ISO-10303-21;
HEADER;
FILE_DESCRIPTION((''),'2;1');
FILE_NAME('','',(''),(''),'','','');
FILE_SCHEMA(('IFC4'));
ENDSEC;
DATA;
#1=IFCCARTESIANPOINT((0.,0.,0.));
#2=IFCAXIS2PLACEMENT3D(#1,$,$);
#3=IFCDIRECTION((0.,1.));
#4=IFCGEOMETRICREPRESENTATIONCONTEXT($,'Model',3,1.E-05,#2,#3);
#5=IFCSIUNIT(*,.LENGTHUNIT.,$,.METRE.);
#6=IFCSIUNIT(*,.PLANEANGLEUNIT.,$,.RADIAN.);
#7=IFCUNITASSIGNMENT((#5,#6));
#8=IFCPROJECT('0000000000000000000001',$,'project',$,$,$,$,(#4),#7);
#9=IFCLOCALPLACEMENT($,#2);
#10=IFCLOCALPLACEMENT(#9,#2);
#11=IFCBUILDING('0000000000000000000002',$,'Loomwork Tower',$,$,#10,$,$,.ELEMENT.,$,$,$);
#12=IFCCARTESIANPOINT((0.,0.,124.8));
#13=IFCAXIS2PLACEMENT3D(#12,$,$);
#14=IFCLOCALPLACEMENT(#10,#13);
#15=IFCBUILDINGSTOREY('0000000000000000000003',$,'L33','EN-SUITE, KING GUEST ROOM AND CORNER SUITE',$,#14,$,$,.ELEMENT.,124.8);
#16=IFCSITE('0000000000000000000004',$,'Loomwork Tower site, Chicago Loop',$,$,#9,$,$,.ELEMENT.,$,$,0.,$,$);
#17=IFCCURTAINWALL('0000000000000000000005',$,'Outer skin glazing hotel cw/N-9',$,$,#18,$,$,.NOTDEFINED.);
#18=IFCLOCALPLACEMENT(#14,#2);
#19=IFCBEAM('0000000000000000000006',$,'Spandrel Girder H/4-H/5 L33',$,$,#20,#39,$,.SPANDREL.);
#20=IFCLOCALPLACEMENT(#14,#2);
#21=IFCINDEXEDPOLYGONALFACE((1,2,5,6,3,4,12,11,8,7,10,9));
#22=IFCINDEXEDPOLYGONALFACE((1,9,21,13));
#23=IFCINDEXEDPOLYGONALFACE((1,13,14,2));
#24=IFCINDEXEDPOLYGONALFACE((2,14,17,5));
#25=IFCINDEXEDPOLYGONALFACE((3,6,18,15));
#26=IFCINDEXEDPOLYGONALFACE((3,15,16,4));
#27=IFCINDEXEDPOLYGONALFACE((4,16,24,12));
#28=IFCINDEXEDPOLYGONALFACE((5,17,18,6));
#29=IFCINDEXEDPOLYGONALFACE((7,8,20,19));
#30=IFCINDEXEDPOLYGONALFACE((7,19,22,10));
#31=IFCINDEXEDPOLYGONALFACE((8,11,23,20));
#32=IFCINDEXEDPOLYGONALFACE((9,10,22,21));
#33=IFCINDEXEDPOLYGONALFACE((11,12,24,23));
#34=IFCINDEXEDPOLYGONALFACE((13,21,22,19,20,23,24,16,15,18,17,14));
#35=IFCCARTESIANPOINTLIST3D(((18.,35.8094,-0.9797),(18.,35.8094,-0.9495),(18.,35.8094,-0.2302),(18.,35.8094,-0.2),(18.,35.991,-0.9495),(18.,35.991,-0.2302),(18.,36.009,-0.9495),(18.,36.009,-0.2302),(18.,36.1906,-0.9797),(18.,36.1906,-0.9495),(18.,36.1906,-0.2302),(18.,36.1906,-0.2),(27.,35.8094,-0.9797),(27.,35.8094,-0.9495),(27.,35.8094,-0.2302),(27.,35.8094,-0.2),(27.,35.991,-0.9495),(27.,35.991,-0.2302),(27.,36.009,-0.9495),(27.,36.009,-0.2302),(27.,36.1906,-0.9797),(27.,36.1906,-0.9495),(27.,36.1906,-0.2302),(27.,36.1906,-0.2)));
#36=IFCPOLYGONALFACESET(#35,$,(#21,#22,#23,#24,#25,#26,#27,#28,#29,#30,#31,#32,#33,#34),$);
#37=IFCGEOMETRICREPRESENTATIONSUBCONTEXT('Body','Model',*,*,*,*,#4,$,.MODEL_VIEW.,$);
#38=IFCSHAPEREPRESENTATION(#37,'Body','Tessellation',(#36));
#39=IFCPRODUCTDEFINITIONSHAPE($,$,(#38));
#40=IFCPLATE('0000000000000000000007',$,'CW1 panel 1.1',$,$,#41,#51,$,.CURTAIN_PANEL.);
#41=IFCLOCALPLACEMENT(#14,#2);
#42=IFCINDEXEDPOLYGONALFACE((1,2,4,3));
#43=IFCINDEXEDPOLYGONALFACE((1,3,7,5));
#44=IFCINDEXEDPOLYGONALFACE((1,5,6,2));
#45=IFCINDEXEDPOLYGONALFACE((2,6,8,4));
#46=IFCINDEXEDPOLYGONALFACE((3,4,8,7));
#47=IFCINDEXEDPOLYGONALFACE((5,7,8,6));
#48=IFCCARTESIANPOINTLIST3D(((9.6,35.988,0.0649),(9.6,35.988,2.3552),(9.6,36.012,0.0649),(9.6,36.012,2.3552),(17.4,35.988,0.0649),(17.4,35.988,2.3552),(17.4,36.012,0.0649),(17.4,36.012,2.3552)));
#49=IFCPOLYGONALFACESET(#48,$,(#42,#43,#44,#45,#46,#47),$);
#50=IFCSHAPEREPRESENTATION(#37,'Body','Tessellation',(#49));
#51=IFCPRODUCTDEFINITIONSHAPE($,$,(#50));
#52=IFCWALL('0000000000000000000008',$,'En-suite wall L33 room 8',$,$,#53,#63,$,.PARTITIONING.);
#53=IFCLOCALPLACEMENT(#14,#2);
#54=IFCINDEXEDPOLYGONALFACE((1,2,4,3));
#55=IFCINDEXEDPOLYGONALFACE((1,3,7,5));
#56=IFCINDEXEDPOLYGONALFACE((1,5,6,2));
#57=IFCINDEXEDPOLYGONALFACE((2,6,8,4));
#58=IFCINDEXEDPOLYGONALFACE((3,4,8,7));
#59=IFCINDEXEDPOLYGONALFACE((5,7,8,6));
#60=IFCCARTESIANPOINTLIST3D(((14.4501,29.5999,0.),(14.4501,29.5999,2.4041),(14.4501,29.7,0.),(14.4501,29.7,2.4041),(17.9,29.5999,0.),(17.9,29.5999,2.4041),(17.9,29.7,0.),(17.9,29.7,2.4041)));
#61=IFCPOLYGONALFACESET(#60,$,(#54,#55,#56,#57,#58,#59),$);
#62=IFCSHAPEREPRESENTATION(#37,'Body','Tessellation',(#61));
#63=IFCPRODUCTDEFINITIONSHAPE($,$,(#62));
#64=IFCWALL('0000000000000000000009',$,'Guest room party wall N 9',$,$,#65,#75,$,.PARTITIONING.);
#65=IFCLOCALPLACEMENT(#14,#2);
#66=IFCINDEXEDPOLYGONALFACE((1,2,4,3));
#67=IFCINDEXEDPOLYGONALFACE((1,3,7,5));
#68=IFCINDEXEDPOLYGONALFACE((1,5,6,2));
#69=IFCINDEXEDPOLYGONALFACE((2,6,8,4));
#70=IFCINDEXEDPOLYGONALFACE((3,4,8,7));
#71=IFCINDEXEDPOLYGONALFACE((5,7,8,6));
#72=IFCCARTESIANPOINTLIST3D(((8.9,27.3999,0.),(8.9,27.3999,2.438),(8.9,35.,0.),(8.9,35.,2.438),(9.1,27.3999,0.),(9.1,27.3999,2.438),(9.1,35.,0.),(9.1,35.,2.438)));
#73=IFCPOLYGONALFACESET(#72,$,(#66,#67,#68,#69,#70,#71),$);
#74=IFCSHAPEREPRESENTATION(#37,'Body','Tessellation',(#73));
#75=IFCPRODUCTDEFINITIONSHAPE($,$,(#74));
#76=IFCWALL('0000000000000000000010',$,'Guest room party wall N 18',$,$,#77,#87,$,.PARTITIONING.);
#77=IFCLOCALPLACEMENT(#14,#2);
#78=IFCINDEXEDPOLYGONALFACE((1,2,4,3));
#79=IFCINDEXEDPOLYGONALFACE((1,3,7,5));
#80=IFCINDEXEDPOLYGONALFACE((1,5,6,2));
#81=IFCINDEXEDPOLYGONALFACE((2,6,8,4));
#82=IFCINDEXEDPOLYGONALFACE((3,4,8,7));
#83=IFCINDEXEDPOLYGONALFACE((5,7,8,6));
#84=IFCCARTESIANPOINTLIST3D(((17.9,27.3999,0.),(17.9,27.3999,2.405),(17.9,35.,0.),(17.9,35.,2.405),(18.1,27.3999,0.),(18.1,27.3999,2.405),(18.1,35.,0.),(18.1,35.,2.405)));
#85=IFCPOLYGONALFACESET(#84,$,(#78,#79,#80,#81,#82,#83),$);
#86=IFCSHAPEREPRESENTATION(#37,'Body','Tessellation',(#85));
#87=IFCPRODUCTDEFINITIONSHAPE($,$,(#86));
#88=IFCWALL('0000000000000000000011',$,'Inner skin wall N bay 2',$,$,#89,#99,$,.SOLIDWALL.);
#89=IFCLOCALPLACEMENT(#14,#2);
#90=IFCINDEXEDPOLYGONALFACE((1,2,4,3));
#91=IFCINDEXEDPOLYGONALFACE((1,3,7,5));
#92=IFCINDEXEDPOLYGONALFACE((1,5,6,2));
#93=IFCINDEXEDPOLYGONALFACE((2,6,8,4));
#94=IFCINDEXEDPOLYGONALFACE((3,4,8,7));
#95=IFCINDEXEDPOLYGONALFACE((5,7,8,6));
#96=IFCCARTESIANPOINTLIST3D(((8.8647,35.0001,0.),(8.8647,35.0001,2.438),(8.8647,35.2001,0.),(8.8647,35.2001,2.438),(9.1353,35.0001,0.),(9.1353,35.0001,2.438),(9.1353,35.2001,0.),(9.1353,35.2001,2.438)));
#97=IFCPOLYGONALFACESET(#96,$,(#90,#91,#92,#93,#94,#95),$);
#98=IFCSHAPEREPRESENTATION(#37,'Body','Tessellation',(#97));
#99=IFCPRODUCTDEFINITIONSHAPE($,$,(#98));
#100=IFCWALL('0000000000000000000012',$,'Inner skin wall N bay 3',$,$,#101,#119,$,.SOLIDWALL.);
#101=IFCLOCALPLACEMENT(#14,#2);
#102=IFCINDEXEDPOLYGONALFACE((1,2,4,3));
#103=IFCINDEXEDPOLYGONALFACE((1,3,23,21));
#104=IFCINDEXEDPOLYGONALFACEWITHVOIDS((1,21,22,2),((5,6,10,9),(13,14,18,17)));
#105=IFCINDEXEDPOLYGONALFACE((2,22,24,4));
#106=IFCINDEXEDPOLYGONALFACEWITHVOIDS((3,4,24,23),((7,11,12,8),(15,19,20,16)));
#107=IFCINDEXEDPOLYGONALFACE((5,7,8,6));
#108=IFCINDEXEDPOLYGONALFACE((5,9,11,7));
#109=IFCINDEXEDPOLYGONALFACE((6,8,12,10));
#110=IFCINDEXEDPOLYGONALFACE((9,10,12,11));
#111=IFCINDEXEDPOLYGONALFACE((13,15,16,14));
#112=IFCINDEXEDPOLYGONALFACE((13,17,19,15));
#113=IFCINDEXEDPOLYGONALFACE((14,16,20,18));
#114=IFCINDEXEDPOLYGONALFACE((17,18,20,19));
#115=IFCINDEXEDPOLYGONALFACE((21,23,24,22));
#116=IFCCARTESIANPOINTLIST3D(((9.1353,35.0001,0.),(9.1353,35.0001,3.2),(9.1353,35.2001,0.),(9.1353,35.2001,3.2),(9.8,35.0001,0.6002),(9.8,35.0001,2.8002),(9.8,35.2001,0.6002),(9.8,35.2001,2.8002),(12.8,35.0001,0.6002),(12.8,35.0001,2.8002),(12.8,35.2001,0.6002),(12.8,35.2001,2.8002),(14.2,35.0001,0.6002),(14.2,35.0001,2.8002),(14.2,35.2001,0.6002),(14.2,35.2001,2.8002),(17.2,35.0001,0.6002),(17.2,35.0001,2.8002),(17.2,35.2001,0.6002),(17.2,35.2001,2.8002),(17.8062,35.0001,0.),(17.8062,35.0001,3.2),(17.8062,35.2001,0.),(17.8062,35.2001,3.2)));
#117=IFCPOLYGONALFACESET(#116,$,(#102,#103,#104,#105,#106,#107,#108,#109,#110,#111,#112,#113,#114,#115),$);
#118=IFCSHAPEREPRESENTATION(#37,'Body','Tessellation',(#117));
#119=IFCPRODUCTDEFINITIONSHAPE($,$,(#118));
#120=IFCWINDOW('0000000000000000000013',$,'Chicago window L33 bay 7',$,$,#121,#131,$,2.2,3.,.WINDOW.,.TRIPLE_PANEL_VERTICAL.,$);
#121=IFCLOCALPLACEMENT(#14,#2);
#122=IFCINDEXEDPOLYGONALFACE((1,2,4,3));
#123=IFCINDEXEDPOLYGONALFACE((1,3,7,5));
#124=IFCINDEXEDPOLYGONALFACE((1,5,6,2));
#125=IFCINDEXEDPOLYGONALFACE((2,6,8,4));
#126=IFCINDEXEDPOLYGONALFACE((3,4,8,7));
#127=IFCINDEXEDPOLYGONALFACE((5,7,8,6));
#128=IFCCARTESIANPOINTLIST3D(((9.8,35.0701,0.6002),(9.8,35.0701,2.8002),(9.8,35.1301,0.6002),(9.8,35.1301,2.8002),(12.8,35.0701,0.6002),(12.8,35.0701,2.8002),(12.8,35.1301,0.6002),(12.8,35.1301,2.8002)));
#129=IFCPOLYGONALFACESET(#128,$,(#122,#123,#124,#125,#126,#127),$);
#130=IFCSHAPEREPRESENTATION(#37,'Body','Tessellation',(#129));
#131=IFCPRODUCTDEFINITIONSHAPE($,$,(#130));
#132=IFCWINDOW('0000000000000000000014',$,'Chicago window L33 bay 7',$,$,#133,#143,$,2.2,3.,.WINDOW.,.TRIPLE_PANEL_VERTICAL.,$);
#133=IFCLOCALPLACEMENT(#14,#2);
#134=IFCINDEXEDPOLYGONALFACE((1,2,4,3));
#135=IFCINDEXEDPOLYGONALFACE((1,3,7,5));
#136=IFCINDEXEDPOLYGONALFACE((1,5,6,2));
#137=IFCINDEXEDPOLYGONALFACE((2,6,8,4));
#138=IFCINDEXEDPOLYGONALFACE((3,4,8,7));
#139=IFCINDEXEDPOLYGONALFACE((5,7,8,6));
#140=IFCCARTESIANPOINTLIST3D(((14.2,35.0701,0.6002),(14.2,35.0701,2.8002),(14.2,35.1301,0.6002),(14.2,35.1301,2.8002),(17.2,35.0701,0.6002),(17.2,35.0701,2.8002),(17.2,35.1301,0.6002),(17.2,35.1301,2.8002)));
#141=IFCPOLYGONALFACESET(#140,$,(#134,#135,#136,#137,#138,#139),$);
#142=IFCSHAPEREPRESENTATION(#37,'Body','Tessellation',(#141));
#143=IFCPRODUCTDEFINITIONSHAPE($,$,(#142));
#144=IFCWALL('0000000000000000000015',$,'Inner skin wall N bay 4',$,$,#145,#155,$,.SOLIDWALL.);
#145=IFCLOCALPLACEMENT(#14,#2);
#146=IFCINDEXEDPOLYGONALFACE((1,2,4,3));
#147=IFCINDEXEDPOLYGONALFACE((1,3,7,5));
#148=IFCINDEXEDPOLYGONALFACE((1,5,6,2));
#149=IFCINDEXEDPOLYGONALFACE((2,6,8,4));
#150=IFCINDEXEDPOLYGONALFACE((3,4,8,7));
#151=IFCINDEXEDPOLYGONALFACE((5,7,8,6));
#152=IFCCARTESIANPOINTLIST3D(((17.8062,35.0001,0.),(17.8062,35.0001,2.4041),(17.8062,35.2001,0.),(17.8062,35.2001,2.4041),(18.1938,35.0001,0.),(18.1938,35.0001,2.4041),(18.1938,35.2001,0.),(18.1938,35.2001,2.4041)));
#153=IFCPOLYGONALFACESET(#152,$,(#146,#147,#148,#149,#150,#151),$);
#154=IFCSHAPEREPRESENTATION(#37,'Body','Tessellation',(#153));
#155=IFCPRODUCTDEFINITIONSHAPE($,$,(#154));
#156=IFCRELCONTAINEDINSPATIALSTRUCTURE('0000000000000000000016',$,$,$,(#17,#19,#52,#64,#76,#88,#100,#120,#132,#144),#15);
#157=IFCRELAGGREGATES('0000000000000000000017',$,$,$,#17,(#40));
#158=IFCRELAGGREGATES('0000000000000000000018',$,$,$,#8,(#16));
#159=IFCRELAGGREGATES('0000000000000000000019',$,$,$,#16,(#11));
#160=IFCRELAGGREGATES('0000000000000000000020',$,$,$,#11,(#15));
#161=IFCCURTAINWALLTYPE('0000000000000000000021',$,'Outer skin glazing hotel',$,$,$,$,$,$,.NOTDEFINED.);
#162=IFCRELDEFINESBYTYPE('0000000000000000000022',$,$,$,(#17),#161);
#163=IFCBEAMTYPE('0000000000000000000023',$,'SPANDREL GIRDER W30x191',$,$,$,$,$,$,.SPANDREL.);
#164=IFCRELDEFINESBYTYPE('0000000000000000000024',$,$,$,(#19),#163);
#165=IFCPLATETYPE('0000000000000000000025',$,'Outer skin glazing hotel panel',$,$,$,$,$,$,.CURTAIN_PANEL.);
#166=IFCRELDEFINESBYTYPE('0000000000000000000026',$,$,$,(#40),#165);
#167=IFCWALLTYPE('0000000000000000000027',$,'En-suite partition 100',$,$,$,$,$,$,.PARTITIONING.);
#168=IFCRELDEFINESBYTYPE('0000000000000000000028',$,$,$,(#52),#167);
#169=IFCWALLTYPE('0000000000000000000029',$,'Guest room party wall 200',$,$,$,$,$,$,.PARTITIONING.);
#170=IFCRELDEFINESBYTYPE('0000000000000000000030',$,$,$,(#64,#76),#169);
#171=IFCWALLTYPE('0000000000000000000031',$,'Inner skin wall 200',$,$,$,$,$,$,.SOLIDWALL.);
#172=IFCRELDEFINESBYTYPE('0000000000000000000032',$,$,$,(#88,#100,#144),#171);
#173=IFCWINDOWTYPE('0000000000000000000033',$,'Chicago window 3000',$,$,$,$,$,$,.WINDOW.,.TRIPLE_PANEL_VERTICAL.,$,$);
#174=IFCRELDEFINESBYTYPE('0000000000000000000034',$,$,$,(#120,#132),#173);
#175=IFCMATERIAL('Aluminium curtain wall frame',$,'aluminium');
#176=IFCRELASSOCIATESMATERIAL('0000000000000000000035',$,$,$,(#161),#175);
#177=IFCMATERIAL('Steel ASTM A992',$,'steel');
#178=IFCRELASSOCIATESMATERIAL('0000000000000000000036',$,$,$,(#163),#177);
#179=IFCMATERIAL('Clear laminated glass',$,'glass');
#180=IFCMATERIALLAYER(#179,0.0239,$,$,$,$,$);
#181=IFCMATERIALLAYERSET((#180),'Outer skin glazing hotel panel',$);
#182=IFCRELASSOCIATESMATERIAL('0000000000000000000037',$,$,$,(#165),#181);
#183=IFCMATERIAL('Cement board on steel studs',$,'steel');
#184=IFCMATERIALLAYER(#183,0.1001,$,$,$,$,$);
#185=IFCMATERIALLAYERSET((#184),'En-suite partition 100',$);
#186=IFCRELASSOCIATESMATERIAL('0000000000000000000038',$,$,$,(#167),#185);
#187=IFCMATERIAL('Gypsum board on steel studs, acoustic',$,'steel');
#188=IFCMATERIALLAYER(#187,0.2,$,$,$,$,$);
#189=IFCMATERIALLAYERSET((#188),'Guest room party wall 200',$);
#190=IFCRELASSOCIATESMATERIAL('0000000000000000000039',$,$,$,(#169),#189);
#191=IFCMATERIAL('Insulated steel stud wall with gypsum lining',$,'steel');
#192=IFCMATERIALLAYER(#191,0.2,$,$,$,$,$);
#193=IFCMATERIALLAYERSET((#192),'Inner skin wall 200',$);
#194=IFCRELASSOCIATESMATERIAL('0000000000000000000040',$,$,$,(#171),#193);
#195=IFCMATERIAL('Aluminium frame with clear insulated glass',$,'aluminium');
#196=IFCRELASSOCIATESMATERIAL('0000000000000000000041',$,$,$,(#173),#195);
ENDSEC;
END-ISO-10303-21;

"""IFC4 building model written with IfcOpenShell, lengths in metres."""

from ifc_helpers import new_model, si_unit, direction, frame, frame_2d, origin, origin_2d, place, context, subcontext, project, spatial, rectangle, i_section, extrude, material, layer, layer_set, material_profile, profile_set, type_object, element, fill, aggregate, save


model = new_model("IFC4")

# Units and contexts
model_context = context("Model", 3, precision=1e-05, world=origin(), true_north=direction((0.0, 1.0)))
body_context = subcontext(model_context, "Body", "Model", "MODEL_VIEW")
ifc_project = project(units=[si_unit("LENGTHUNIT", "METRE"), si_unit("PLANEANGLEUNIT", "RADIAN")], contexts=[model_context])

# Site, building, storey
site_placement = place(None, origin())
site = spatial("IfcSite", under=ifc_project, at=site_placement, Name="Loomwork Tower site, Chicago Loop", CompositionType="ELEMENT", RefElevation=0.0)
building_placement = place(site_placement, origin())
building = spatial("IfcBuilding", under=site, at=building_placement, Name="Loomwork Tower", CompositionType="ELEMENT")
storey_placement = place(building_placement, frame((0.0, 0.0, 124.8)))
storey = spatial("IfcBuildingStorey", under=building, at=storey_placement, Name="L33", Description="EN-SUITE, KING GUEST ROOM AND CORNER SUITE", CompositionType="ELEMENT", Elevation=124.8)

# Shared definitions
ifc_material_1 = material(Name="Aluminium curtain wall frame", Category="aluminium")
curtain_wall_type = type_object("IfcCurtainWallType", Name="Outer skin glazing hotel", PredefinedType="NOTDEFINED", material=ifc_material_1)

# Curtain wall
curtain_wall_1_placement = place(storey_placement, origin())
curtain_wall_1 = element("IfcCurtainWall", 1, at=curtain_wall_1_placement, inside=storey, type_object=curtain_wall_type, Name="Outer skin glazing hotel cw/N-9", PredefinedType="NOTDEFINED")

# Beam
ifc_material_2 = material(Name="Steel ASTM A992", Category="steel")
ifc_material_profile_1 = material_profile(ifc_material_2, i_section(OverallWidth=0.3811, OverallDepth=0.7798, WebThickness=0.0181, FlangeThickness=0.0303, at=origin_2d()), Name="W30x191")
ifc_profile_set_1 = profile_set([ifc_material_profile_1], Name="Steel ASTM A992")
beam_type_1 = type_object("IfcBeamType", Name="SPANDREL GIRDER W30x191", PredefinedType="SPANDREL", material=ifc_profile_set_1)
for number, where, z_axis, x_axis, name in (
    (2, (18.0, 36.0, -0.5898), (1.0, 0.0, 0.0), (0.0, 1.0, 0.0), "Spandrel Girder H/4-H/5 L33"),
):
    element("IfcBeam", number, at=place(storey_placement, frame(where, z_axis=z_axis, x_axis=x_axis)), inside=storey, type_object=beam_type_1, Name=name, PredefinedType="SPANDREL", context=body_context, shape_type="SweptSolid", body=[
        extrude(i_section(OverallWidth=0.3811, OverallDepth=0.7798, WebThickness=0.0181, FlangeThickness=0.0303, at=origin_2d()), origin(), (0.0, 0.0, 1.0), 9.0),
    ])

# Plate
ifc_material_3 = material(Name="Clear laminated glass", Category="glass")
ifc_layer_1 = layer(ifc_material_3, 0.0239)
ifc_layer_set_1 = layer_set([ifc_layer_1], Name="Outer skin glazing hotel panel")
plate_type = type_object("IfcPlateType", Name="Outer skin glazing hotel panel", PredefinedType="CURTAIN_PANEL", material=ifc_layer_set_1)
plate_placement = place(storey_placement, frame((13.5, 36.0, 0.0649), z_axis=(0.0, 0.0, 1.0), x_axis=(-1.0, 0.0, 0.0)))
plate = element("IfcPlate", 3, at=plate_placement, type_object=plate_type, Name="CW1 panel 1.1", PredefinedType="CURTAIN_PANEL", context=body_context, shape_type="SweptSolid", body=[
    extrude(rectangle(XDim=7.8, YDim=0.0239, at=origin_2d()), origin(), (0.0, 0.0, 1.0), 2.2903),
])
aggregate(curtain_wall_1, [plate])

# Walls
ifc_material_4 = material(Name="Cement board on steel studs", Category="steel")
ifc_layer_2 = layer(ifc_material_4, 0.1001)
ifc_layer_set_2 = layer_set([ifc_layer_2], Name="En-suite partition 100")
wall_type_1 = type_object("IfcWallType", Name="En-suite partition 100", PredefinedType="PARTITIONING", material=ifc_layer_set_2)
wall_1_placement = place(storey_placement, frame((14.45, 29.6499, 0.0), z_axis=(0.0, 0.0, 1.0), x_axis=(1.0, 0.0, 0.0)))
element("IfcWall", 4, at=wall_1_placement, inside=storey, type_object=wall_type_1, Name="En-suite wall L33 room 8", PredefinedType="PARTITIONING", context=body_context, shape_type="SweptSolid", body=[
    extrude(rectangle(XDim=3.45, YDim=0.1001, at=frame_2d((1.7251, 0.0))), origin(), (0.0, 0.0, 1.0), 2.4041),
])
ifc_material_5 = material(Name="Gypsum board on steel studs, acoustic", Category="steel")
ifc_layer_3 = layer(ifc_material_5, 0.2)
ifc_layer_set_3 = layer_set([ifc_layer_3], Name="Guest room party wall 200")
wall_type_2 = type_object("IfcWallType", Name="Guest room party wall 200", PredefinedType="PARTITIONING", material=ifc_layer_set_3)
wall_2_placement = place(storey_placement, frame((9.0, 27.3999, 0.0), z_axis=(0.0, 0.0, 1.0), x_axis=(0.0, 1.0, 0.0)))
element("IfcWall", 5, at=wall_2_placement, inside=storey, type_object=wall_type_2, Name="Guest room party wall N 9", PredefinedType="PARTITIONING", context=body_context, shape_type="SweptSolid", body=[
    extrude(rectangle(XDim=7.6001, YDim=0.2, at=frame_2d((3.8, 0.0))), origin(), (0.0, 0.0, 1.0), 2.438),
])
wall_3_placement = place(storey_placement, frame((18.0, 27.3999, 0.0), z_axis=(0.0, 0.0, 1.0), x_axis=(0.0, 1.0, 0.0)))
element("IfcWall", 6, at=wall_3_placement, inside=storey, type_object=wall_type_2, Name="Guest room party wall N 18", PredefinedType="PARTITIONING", context=body_context, shape_type="SweptSolid", body=[
    extrude(rectangle(XDim=7.6001, YDim=0.2, at=frame_2d((3.8, 0.0))), origin(), (0.0, 0.0, 1.0), 2.405),
])
ifc_material_6 = material(Name="Insulated steel stud wall with gypsum lining", Category="steel")
ifc_layer_4 = layer(ifc_material_6, 0.2)
ifc_layer_set_4 = layer_set([ifc_layer_4], Name="Inner skin wall 200")
wall_type_3 = type_object("IfcWallType", Name="Inner skin wall 200", PredefinedType="SOLIDWALL", material=ifc_layer_set_4)
wall_4_placement = place(storey_placement, frame((8.8647, 35.1001, 0.0), z_axis=(0.0, 0.0, 1.0), x_axis=(1.0, 0.0, 0.0)))
element("IfcWall", 7, at=wall_4_placement, inside=storey, type_object=wall_type_3, Name="Inner skin wall N bay 2", PredefinedType="SOLIDWALL", context=body_context, shape_type="SweptSolid", body=[
    extrude(rectangle(XDim=0.2705, YDim=0.2, at=frame_2d((0.1353, 0.0))), origin(), (0.0, 0.0, 1.0), 2.438),
])

# Wall, openings, windows
wall_5_placement = place(storey_placement, frame((9.1353, 35.1001, 0.0), z_axis=(0.0, 0.0, 1.0), x_axis=(1.0, 0.0, 0.0)))
wall_5 = element("IfcWall", 8, at=wall_5_placement, inside=storey, type_object=wall_type_3, Name="Inner skin wall N bay 3", PredefinedType="SOLIDWALL", context=body_context, shape_type="SweptSolid", body=[
    extrude(rectangle(XDim=8.6709, YDim=0.2, at=frame_2d((4.3354, 0.0))), origin(), (0.0, 0.0, 1.0), 3.2),
])
opening_1_placement = place(wall_5_placement, frame((0.6648, 0.0, 0.6001)))
opening_1 = element("IfcOpeningElement", 9, at=opening_1_placement, cuts=wall_5, PredefinedType="OPENING", context=body_context, shape_type="SweptSolid", body=[
    extrude(rectangle(XDim=3.0, YDim=2.2, at=frame_2d((1.5, 1.1001))), frame((0.0, 0.1099, 0.0), z_axis=(0.0, -1.0, 0.0), x_axis=(1.0, 0.0, 0.0)), (0.0, 0.0, 1.0), 0.22),
])
opening_2_placement = place(wall_5_placement, frame((5.0647, 0.0, 0.6001)))
opening_2 = element("IfcOpeningElement", 10, at=opening_2_placement, cuts=wall_5, PredefinedType="OPENING", context=body_context, shape_type="SweptSolid", body=[
    extrude(rectangle(XDim=3.0, YDim=2.2, at=frame_2d((1.5, 1.1001))), frame((0.0, 0.1099, 0.0), z_axis=(0.0, -1.0, 0.0), x_axis=(1.0, 0.0, 0.0)), (0.0, 0.0, 1.0), 0.22),
])
ifc_material_7 = material(Name="Aluminium frame with clear insulated glass", Category="aluminium")
window_type = type_object("IfcWindowType", Name="Chicago window 3000", PartitioningType="TRIPLE_PANEL_VERTICAL", PredefinedType="WINDOW", material=ifc_material_7)
window_1_placement = place(opening_1_placement, origin())
window_1 = element("IfcWindow", 11, at=window_1_placement, inside=storey, type_object=window_type, Name="Chicago window L33 bay 7", OverallHeight=2.2, OverallWidth=3.0, PartitioningType="TRIPLE_PANEL_VERTICAL", PredefinedType="WINDOW", context=body_context, shape_type="SweptSolid", body=[
    extrude(rectangle(XDim=3.0, YDim=2.2, at=frame_2d((1.5, 1.1001))), frame((0.0, 0.03, 0.0), z_axis=(0.0, -1.0, 0.0), x_axis=(1.0, 0.0, 0.0)), (0.0, 0.0, 1.0), 0.0601),
])
fill(opening_1, window_1)
window_2_placement = place(opening_2_placement, origin())
window_2 = element("IfcWindow", 12, at=window_2_placement, inside=storey, type_object=window_type, Name="Chicago window L33 bay 7", OverallHeight=2.2, OverallWidth=3.0, PartitioningType="TRIPLE_PANEL_VERTICAL", PredefinedType="WINDOW", context=body_context, shape_type="SweptSolid", body=[
    extrude(rectangle(XDim=3.0, YDim=2.2, at=frame_2d((1.5, 1.1001))), frame((0.0, 0.03, 0.0), z_axis=(0.0, -1.0, 0.0), x_axis=(1.0, 0.0, 0.0)), (0.0, 0.0, 1.0), 0.0601),
])
fill(opening_2, window_2)

# Wall
wall_6_placement = place(storey_placement, frame((17.8062, 35.1001, 0.0), z_axis=(0.0, 0.0, 1.0), x_axis=(1.0, 0.0, 0.0)))
element("IfcWall", 13, at=wall_6_placement, inside=storey, type_object=wall_type_3, Name="Inner skin wall N bay 4", PredefinedType="SOLIDWALL", context=body_context, shape_type="SweptSolid", body=[
    extrude(rectangle(XDim=0.3877, YDim=0.2, at=frame_2d((0.1938, 0.0))), origin(), (0.0, 0.0, 1.0), 2.4041),
])

save(model, "model.ifc")
